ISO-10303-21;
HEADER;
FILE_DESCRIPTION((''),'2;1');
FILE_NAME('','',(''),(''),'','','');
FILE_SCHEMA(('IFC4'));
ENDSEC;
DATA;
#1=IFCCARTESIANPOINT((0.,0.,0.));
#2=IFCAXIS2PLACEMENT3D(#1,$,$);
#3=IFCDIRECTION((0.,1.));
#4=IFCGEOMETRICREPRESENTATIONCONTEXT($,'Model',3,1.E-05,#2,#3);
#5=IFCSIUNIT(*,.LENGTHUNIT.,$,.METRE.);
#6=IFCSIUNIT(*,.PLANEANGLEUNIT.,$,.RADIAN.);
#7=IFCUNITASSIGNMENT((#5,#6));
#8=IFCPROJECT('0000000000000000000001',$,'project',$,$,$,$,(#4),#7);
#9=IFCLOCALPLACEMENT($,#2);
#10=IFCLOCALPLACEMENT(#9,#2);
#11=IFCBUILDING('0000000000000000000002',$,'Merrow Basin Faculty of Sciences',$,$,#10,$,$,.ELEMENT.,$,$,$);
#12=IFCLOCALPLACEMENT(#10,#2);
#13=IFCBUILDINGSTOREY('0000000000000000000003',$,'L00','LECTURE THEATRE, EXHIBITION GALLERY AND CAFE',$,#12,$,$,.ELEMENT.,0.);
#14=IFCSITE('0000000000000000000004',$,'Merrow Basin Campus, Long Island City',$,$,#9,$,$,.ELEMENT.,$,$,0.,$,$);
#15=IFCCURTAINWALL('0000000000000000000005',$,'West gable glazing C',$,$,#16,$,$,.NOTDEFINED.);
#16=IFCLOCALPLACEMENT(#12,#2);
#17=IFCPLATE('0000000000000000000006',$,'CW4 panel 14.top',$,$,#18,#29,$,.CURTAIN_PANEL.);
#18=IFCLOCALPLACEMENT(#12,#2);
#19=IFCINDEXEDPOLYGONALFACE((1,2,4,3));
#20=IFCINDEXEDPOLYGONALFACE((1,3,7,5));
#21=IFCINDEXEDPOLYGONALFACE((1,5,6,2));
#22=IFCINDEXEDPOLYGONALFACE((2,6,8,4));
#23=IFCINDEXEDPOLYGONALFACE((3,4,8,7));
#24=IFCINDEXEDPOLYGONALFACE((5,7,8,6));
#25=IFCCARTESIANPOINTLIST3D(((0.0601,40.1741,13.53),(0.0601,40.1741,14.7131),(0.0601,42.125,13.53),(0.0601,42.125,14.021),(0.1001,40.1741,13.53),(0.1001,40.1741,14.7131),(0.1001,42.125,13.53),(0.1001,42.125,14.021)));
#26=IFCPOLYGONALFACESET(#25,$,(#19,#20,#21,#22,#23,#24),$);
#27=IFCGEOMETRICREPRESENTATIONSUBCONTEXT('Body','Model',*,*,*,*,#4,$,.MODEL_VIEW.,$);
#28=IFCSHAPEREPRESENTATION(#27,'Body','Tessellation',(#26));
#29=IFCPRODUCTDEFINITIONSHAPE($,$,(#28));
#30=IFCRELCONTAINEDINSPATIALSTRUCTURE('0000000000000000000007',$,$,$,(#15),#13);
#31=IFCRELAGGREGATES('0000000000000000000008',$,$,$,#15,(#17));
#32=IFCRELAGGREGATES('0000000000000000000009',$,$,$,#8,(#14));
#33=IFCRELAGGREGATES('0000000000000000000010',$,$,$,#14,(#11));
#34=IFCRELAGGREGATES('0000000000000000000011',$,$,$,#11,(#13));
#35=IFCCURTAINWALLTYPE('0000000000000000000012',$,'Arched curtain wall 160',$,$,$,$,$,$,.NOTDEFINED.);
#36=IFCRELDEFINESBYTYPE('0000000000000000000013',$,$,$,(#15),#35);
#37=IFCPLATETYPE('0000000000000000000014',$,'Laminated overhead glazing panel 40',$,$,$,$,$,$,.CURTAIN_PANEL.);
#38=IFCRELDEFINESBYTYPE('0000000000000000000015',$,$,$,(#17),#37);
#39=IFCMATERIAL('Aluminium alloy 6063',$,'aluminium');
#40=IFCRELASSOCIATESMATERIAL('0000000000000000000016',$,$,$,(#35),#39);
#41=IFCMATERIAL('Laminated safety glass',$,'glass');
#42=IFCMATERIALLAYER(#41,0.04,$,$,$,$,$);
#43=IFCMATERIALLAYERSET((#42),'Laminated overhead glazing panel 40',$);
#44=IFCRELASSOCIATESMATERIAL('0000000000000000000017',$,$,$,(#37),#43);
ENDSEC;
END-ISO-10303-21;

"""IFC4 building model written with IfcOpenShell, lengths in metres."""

from ifc_helpers import new_model, si_unit, direction, frame, origin, place, context, subcontext, project, spatial, polyline, outline, extrude, material, layer, layer_set, type_object, element, aggregate, save


model = new_model("IFC4")

# Units and contexts
model_context = context("Model", 3, precision=1e-05, world=origin(), true_north=direction((0.0, 1.0)))
body_context = subcontext(model_context, "Body", "Model", "MODEL_VIEW")
ifc_project = project(units=[si_unit("LENGTHUNIT", "METRE"), si_unit("PLANEANGLEUNIT", "RADIAN")], contexts=[model_context])

# Site, building, storey
site_placement = place(None, origin())
site = spatial("IfcSite", under=ifc_project, at=site_placement, Name="Merrow Basin Campus, Long Island City", CompositionType="ELEMENT", RefElevation=0.0)
building_placement = place(site_placement, origin())
building = spatial("IfcBuilding", under=site, at=building_placement, Name="Merrow Basin Faculty of Sciences", CompositionType="ELEMENT")
storey_placement = place(building_placement, origin())
storey = spatial("IfcBuildingStorey", under=building, at=storey_placement, Name="L00", Description="LECTURE THEATRE, EXHIBITION GALLERY AND CAFE", CompositionType="ELEMENT", Elevation=0.0)

# Curtain wall, plate
ifc_material_1 = material(Name="Aluminium alloy 6063", Category="aluminium")
curtain_wall_type = type_object("IfcCurtainWallType", Name="Arched curtain wall 160", PredefinedType="NOTDEFINED", material=ifc_material_1)
curtain_wall_placement = place(storey_placement, origin())
curtain_wall = element("IfcCurtainWall", 1, at=curtain_wall_placement, inside=storey, type_object=curtain_wall_type, Name="West gable glazing C", PredefinedType="NOTDEFINED")
ifc_material_2 = material(Name="Laminated safety glass", Category="glass")
ifc_layer = layer(ifc_material_2, 0.04)
ifc_layer_set = layer_set([ifc_layer], Name="Laminated overhead glazing panel 40")
plate_type = type_object("IfcPlateType", Name="Laminated overhead glazing panel 40", PredefinedType="CURTAIN_PANEL", material=ifc_layer_set)
plate_1_placement = place(storey_placement, frame((0.0601, 40.1741, 13.53), z_axis=(1.0, 0.0, 0.0), x_axis=(0.0, 1.0, 0.0)))
plate_1 = element("IfcPlate", 2, at=plate_1_placement, type_object=plate_type, Name="CW4 panel 14.top", PredefinedType="CURTAIN_PANEL", context=body_context, shape_type="SweptSolid", body=[
    extrude(outline(polyline([(0.0, 0.0), (1.9509, 0.0), (1.9509, 0.491), (0.0, 1.1831), (0.0, 0.0)])), origin(), (0.0, 0.0, 1.0), 0.04),
])
aggregate(curtain_wall, [plate_1])

save(model, "model.ifc")
